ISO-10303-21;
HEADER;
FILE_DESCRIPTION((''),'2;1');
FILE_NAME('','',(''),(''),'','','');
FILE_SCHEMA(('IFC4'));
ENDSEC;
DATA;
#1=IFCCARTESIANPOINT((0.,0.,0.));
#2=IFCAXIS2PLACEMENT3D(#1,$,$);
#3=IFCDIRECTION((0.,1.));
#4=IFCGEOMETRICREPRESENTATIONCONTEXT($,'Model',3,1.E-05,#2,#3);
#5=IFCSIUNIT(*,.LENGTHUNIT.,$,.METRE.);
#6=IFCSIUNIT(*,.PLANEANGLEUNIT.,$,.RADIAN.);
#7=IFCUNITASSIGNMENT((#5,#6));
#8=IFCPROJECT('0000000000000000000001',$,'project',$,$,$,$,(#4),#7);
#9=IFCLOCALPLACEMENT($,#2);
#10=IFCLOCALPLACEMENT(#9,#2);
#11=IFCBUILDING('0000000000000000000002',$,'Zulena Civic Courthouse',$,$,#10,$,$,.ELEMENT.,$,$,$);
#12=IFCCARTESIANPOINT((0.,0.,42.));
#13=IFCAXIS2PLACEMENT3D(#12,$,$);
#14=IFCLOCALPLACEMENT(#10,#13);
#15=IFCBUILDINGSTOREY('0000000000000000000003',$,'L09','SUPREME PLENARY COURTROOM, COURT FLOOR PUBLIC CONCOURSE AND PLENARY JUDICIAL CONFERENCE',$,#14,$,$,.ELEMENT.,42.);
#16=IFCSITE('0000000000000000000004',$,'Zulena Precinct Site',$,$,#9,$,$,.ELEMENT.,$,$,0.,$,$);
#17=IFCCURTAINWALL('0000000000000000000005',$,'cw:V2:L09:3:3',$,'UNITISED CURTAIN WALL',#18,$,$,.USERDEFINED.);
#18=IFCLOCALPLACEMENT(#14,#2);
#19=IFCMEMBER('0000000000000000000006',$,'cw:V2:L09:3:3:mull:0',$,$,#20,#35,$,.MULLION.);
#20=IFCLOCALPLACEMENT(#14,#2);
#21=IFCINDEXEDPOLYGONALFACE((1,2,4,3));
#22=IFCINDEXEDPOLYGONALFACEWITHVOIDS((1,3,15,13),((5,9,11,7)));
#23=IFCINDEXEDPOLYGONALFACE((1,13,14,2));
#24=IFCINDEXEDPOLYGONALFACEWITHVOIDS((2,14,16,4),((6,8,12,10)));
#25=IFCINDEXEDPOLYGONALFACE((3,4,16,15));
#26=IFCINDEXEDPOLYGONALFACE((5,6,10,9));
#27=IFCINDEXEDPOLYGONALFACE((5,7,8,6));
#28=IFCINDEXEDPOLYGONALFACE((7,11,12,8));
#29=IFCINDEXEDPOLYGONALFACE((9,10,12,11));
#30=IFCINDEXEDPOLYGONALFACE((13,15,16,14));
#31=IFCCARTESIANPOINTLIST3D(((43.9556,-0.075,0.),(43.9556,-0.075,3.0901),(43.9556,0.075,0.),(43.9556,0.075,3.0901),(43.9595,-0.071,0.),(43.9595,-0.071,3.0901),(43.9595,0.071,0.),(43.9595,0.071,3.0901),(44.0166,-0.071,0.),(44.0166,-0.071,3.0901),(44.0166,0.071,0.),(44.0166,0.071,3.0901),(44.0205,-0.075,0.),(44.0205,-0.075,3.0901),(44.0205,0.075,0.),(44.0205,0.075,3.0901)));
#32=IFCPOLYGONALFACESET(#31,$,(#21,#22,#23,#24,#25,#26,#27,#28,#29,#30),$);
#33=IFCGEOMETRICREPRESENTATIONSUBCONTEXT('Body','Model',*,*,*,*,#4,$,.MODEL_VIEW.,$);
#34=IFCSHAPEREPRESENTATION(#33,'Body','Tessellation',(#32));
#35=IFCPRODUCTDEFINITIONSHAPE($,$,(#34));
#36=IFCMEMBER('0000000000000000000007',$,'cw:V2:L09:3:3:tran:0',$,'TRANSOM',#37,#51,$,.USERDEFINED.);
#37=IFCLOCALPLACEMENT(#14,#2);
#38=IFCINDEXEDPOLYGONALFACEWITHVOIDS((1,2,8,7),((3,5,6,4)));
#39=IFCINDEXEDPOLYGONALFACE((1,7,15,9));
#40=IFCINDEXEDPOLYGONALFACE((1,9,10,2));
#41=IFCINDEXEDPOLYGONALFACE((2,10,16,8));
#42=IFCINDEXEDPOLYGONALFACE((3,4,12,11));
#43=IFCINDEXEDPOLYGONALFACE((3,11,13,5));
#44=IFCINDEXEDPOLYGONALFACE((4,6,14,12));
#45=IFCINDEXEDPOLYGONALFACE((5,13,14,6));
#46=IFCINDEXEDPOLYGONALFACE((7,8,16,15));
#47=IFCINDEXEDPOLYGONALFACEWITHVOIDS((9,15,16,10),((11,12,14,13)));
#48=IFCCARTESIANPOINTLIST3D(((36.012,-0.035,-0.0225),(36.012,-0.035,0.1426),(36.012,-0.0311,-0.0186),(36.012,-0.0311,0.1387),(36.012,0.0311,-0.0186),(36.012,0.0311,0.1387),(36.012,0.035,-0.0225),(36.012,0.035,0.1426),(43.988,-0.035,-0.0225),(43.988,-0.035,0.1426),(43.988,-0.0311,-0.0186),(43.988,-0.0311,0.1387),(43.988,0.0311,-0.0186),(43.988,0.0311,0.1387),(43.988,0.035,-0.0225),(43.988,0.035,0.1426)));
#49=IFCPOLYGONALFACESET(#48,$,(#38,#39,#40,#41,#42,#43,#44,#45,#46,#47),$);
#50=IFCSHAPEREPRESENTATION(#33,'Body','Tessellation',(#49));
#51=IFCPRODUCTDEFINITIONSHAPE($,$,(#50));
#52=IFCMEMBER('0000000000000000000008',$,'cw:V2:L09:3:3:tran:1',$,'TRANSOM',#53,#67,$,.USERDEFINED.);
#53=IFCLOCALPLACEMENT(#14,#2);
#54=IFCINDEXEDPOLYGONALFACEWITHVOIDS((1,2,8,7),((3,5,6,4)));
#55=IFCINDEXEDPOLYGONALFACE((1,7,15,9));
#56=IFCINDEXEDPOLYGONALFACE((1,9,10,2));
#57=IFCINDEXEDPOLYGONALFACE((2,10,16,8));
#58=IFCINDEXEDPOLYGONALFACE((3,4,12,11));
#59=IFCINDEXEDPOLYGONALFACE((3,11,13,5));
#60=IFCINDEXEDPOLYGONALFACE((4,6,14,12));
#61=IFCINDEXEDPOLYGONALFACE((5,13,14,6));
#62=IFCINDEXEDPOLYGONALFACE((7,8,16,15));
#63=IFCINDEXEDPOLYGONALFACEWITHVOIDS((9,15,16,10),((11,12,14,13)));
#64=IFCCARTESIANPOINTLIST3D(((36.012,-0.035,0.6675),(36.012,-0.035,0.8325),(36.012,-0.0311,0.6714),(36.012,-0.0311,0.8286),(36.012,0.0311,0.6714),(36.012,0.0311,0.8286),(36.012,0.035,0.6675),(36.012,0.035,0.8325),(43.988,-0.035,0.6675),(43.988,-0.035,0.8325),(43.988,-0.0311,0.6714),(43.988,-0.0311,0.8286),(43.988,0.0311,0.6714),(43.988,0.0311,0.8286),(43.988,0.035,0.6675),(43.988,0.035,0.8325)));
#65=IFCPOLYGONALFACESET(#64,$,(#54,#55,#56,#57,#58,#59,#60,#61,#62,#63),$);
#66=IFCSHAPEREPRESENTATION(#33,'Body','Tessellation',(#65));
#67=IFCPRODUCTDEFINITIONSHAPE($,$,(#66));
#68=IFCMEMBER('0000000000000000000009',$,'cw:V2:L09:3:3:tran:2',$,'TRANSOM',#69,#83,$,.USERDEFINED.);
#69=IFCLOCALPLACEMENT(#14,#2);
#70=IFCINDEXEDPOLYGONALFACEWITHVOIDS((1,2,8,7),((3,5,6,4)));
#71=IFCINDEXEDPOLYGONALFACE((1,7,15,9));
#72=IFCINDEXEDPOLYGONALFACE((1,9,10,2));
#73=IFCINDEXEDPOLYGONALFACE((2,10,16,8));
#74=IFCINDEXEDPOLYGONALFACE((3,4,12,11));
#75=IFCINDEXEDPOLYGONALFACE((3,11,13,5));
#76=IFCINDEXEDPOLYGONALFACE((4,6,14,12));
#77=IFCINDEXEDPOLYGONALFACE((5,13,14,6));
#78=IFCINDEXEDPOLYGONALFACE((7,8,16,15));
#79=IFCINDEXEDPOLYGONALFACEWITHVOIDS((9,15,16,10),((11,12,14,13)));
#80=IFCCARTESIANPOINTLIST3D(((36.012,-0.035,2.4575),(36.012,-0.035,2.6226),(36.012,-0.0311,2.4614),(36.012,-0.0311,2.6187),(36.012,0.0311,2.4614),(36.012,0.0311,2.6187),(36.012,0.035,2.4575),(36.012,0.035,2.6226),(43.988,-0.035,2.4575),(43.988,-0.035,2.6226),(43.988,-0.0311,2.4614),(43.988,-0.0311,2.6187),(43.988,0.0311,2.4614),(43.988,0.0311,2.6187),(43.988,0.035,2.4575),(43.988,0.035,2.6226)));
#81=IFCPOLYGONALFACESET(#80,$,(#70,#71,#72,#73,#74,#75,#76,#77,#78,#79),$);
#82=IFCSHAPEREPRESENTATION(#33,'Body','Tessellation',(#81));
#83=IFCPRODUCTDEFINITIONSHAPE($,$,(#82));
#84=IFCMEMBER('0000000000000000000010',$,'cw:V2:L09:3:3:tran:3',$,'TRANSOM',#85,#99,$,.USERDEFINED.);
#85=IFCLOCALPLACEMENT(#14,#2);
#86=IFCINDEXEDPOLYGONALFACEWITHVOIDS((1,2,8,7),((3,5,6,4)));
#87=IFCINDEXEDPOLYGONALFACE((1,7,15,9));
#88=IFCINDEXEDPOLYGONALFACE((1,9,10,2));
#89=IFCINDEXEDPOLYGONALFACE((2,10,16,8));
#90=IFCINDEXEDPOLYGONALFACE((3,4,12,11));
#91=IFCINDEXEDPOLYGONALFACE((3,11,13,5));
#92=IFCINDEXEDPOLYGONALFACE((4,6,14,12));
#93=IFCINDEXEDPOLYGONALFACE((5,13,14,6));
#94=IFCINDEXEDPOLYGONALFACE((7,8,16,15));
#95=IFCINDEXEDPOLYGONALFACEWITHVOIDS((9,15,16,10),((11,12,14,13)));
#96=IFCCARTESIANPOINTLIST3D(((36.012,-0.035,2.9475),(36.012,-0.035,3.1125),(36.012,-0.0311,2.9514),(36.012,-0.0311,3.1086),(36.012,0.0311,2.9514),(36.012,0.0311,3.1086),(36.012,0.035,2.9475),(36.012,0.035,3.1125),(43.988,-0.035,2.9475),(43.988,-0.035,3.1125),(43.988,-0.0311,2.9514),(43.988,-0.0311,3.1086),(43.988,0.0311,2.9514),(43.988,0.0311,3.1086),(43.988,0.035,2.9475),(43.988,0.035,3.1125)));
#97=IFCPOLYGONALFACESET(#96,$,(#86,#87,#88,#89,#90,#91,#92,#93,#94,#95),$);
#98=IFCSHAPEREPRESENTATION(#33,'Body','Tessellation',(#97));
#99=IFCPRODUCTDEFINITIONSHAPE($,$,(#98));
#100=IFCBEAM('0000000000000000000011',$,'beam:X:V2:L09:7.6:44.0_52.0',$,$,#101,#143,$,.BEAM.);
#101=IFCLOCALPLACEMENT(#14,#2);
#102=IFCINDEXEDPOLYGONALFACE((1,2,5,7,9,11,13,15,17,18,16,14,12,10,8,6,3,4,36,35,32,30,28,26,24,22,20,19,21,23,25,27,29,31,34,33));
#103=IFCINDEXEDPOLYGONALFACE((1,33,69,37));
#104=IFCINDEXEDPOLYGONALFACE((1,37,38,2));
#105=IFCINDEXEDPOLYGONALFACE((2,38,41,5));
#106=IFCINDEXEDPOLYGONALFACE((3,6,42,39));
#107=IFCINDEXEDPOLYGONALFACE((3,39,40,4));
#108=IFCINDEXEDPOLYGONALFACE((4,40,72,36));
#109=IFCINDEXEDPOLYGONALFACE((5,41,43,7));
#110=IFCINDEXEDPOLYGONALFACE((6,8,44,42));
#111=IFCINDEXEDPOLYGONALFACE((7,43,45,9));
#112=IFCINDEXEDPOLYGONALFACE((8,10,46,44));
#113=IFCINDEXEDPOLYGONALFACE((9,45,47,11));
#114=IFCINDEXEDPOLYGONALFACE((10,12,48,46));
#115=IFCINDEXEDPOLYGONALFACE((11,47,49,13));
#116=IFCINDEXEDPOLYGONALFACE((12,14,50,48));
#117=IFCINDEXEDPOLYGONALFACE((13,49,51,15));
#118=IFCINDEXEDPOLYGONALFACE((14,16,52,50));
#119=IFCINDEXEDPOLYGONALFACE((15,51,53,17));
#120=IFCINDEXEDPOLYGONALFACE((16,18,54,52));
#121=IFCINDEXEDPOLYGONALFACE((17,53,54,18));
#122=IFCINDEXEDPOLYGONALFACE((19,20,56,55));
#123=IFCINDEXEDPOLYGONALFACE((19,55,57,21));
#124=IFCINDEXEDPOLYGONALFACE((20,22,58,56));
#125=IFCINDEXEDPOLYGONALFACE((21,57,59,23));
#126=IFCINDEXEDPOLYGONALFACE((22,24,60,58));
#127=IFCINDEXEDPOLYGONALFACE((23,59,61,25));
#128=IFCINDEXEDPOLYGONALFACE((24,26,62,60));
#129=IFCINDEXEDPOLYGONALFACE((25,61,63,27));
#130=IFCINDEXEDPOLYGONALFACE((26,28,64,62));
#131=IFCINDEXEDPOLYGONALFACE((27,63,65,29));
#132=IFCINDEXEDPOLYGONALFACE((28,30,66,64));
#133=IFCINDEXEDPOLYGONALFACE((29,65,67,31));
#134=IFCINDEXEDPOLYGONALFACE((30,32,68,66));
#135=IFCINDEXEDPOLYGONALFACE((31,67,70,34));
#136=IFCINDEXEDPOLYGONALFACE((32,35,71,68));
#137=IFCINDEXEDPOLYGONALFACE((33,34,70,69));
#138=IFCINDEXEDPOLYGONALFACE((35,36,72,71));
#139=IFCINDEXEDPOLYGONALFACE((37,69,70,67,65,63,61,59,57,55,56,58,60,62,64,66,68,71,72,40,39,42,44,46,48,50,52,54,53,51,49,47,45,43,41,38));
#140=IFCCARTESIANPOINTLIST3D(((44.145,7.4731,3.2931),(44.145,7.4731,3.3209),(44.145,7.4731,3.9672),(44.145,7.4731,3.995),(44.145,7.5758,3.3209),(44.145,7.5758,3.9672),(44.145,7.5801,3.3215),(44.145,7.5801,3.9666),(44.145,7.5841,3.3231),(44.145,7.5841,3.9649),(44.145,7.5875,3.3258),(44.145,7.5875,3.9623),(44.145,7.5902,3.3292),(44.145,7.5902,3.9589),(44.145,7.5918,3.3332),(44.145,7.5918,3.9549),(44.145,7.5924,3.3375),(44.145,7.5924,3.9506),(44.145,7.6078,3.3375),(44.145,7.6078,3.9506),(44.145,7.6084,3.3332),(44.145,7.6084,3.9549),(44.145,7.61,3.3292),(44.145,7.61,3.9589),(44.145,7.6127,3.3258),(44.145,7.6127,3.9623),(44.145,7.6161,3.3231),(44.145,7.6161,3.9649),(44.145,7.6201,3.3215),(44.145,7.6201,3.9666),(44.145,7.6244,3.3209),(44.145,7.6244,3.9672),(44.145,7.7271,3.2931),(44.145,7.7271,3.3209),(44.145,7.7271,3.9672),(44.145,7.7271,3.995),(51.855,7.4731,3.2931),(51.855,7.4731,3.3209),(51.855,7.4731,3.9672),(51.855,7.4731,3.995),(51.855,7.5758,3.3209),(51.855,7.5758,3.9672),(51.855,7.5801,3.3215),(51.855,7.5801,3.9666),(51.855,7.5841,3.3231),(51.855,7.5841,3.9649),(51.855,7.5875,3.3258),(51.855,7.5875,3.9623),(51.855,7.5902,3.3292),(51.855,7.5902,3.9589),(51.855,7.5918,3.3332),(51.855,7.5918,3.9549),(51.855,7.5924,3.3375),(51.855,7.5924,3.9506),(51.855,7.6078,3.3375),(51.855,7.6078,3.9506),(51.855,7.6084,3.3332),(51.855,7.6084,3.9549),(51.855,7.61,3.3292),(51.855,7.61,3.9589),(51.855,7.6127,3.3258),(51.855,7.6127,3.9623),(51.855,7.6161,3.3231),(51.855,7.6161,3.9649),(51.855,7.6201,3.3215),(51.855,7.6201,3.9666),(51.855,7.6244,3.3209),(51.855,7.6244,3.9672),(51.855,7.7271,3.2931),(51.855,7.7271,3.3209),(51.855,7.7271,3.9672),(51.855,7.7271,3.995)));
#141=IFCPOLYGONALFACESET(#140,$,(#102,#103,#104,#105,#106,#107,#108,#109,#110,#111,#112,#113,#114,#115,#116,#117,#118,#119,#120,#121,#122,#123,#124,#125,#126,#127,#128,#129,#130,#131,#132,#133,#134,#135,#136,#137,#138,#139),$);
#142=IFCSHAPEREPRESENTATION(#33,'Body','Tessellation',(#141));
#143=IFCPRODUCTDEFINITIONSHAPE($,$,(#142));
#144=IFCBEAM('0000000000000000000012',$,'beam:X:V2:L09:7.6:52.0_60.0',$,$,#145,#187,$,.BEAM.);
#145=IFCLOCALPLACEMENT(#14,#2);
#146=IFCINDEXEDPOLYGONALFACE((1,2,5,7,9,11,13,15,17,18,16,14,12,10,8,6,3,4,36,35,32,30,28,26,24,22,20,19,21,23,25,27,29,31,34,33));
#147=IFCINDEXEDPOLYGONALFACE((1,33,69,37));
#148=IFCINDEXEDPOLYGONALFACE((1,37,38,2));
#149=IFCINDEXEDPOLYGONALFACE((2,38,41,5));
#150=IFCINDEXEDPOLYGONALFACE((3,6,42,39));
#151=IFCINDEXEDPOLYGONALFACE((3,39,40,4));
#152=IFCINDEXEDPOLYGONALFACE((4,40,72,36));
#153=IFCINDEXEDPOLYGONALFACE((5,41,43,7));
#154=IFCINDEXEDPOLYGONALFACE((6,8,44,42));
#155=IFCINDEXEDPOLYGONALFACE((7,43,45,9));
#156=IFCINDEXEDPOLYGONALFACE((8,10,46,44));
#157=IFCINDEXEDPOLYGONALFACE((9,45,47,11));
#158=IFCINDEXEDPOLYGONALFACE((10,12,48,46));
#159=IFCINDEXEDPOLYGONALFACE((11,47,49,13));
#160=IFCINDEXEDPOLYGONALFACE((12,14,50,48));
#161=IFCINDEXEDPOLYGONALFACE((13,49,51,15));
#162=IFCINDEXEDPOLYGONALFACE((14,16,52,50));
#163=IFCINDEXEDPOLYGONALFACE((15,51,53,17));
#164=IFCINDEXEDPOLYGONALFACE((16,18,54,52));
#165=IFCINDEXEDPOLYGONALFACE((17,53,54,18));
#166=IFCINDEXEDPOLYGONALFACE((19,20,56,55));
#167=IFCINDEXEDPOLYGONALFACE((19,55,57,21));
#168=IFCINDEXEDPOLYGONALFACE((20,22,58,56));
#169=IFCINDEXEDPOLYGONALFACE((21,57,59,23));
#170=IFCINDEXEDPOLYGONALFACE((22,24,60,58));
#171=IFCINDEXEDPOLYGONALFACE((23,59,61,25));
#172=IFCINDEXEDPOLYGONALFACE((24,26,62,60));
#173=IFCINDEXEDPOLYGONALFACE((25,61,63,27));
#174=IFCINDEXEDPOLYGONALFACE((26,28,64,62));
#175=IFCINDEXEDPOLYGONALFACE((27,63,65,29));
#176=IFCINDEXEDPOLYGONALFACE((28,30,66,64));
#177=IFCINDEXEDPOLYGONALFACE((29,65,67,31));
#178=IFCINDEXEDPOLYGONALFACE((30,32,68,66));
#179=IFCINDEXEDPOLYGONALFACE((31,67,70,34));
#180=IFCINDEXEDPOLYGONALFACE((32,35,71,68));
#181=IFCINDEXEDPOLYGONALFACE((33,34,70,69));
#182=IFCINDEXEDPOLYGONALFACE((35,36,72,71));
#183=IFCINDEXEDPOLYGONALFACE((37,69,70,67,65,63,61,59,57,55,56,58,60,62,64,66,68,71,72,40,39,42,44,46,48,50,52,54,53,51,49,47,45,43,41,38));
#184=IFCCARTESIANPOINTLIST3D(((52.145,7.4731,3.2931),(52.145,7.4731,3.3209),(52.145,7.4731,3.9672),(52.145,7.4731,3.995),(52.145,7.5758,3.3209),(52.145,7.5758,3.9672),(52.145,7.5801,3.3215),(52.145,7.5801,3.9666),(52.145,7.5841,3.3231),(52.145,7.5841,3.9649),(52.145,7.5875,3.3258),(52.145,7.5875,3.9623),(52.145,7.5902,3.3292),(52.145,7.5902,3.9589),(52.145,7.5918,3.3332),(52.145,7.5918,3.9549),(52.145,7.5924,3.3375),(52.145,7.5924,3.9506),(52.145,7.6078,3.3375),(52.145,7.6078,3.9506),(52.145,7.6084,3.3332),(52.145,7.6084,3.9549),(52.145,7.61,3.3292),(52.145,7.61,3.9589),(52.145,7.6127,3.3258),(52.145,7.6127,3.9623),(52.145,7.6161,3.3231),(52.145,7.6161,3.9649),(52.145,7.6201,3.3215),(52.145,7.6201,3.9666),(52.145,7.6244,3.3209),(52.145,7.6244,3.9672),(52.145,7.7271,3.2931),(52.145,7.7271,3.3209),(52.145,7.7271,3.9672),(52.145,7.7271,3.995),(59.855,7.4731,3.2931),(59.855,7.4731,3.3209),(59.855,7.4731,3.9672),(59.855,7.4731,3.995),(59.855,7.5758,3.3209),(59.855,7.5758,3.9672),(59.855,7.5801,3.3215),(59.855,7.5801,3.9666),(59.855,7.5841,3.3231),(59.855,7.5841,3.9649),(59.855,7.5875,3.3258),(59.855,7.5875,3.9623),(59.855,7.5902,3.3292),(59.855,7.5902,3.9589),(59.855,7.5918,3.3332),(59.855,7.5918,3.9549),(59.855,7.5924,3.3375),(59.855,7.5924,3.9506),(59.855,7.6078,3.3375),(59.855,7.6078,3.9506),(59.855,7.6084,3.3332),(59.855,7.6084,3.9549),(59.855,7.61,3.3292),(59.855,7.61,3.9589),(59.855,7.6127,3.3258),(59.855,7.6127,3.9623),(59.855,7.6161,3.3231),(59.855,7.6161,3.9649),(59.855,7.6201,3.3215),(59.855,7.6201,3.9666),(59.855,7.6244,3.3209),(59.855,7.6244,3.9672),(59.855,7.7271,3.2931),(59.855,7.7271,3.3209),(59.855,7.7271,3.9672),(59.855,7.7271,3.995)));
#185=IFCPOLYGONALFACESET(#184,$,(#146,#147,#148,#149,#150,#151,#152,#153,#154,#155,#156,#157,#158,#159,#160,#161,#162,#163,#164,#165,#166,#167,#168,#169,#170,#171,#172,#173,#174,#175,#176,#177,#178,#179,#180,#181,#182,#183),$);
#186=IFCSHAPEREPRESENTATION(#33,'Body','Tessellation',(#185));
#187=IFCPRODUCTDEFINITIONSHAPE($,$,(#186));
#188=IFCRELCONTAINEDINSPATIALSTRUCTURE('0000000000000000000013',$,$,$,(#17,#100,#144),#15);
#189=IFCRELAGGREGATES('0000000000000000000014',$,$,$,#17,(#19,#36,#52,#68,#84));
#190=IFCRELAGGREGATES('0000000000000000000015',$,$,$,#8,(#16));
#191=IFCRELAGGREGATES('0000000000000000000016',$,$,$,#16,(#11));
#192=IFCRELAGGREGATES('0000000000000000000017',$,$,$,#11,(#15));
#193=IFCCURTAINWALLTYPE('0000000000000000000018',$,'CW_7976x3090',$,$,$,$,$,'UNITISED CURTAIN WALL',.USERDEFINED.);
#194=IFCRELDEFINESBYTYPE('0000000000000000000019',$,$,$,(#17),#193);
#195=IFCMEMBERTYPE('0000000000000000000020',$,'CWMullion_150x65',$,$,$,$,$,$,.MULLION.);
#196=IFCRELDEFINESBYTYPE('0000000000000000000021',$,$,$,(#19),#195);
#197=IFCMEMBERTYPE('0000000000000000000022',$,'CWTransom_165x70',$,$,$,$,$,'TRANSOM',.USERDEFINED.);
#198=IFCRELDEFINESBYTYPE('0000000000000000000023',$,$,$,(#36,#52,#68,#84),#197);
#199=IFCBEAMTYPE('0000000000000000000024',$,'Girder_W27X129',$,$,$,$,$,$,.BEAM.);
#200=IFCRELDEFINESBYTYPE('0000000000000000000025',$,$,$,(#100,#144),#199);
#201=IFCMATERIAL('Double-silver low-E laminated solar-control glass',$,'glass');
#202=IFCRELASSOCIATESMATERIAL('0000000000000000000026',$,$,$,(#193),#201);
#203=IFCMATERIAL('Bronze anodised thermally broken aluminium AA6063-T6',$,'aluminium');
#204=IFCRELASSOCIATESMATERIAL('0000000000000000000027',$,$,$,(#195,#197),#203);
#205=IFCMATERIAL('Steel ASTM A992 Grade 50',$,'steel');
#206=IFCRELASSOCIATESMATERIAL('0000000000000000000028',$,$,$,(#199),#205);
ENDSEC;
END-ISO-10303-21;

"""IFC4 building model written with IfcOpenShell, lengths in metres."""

from ifc_helpers import new_model, si_unit, direction, frame, origin, origin_2d, place, context, subcontext, project, spatial, hollow_rectangle, i_section, extrude, material, material_profile, profile_set, type_object, element, aggregate, save


model = new_model("IFC4")

# Units and contexts
model_context = context("Model", 3, precision=1e-05, world=origin(), true_north=direction((0.0, 1.0)))
body_context = subcontext(model_context, "Body", "Model", "MODEL_VIEW")
ifc_project = project(units=[si_unit("LENGTHUNIT", "METRE"), si_unit("PLANEANGLEUNIT", "RADIAN")], contexts=[model_context])

# Site, building, storey
site_placement = place(None, origin())
site = spatial("IfcSite", under=ifc_project, at=site_placement, Name="Zulena Precinct Site", CompositionType="ELEMENT", RefElevation=0.0)
building_placement = place(site_placement, origin())
building = spatial("IfcBuilding", under=site, at=building_placement, Name="Zulena Civic Courthouse", CompositionType="ELEMENT")
storey_placement = place(building_placement, frame((0.0, 0.0, 42.0)))
storey = spatial("IfcBuildingStorey", under=building, at=storey_placement, Name="L09", Description="SUPREME PLENARY COURTROOM, COURT FLOOR PUBLIC CONCOURSE AND PLENARY JUDICIAL CONFERENCE", CompositionType="ELEMENT", Elevation=42.0)

# Shared definitions
ifc_material_1 = material(Name="Steel ASTM A992 Grade 50", Category="steel")

# Curtain wall, members
ifc_material_2 = material(Name="Double-silver low-E laminated solar-control glass", Category="glass")
curtain_wall_type = type_object("IfcCurtainWallType", Name="CW_7976x3090", ElementType="UNITISED CURTAIN WALL", PredefinedType="USERDEFINED", material=ifc_material_2)
curtain_wall_placement = place(storey_placement, origin())
curtain_wall = element("IfcCurtainWall", 1, at=curtain_wall_placement, inside=storey, type_object=curtain_wall_type, Name="cw:V2:L09:3:3", ObjectType="UNITISED CURTAIN WALL", PredefinedType="USERDEFINED")
ifc_material_3 = material(Name="Bronze anodised thermally broken aluminium AA6063-T6", Category="aluminium")
ifc_material_profile_1 = material_profile(ifc_material_3, hollow_rectangle(XDim=0.0649, YDim=0.1499, WallThickness=0.0039, at=origin_2d()), Name="CWM150X65X4")
ifc_profile_set_1 = profile_set([ifc_material_profile_1], Name="Bronze anodised thermally broken aluminium AA6063-T6")
member_type_1 = type_object("IfcMemberType", Name="CWMullion_150x65", PredefinedType="MULLION", material=ifc_profile_set_1)
member_1_placement = place(storey_placement, frame((43.988, 0.0, 0.0), z_axis=(0.0, 0.0, 1.0), x_axis=(1.0, 0.0, 0.0)))
member_1 = element("IfcMember", 2, at=member_1_placement, type_object=member_type_1, Name="cw:V2:L09:3:3:mull:0", PredefinedType="MULLION", context=body_context, shape_type="SweptSolid", body=[
    extrude(hollow_rectangle(XDim=0.0649, YDim=0.1499, WallThickness=0.0039, at=origin_2d()), origin(), (0.0, 0.0, 1.0), 3.0901),
])
ifc_material_profile_2 = material_profile(ifc_material_3, hollow_rectangle(XDim=0.0701, YDim=0.165, WallThickness=0.0039, at=origin_2d()), Name="CWT165X70X4")
ifc_profile_set_2 = profile_set([ifc_material_profile_2], Name="Bronze anodised thermally broken aluminium AA6063-T6")
member_type_2 = type_object("IfcMemberType", Name="CWTransom_165x70", ElementType="TRANSOM", PredefinedType="USERDEFINED", material=ifc_profile_set_2)
member_2_placement = place(storey_placement, frame((43.988, 0.0, 0.0601), z_axis=(-1.0, 0.0, 0.0), x_axis=(0.0, -1.0, 0.0)))
member_2 = element("IfcMember", 3, at=member_2_placement, type_object=member_type_2, Name="cw:V2:L09:3:3:tran:0", ObjectType="TRANSOM", PredefinedType="USERDEFINED", context=body_context, shape_type="SweptSolid", body=[
    extrude(hollow_rectangle(XDim=0.0701, YDim=0.165, WallThickness=0.0039, at=origin_2d()), origin(), (0.0, 0.0, 1.0), 7.9761),
])
member_3_placement = place(storey_placement, frame((43.988, 0.0, 0.75), z_axis=(-1.0, 0.0, 0.0), x_axis=(0.0, -1.0, 0.0)))
member_3 = element("IfcMember", 4, at=member_3_placement, type_object=member_type_2, Name="cw:V2:L09:3:3:tran:1", ObjectType="TRANSOM", PredefinedType="USERDEFINED", context=body_context, shape_type="SweptSolid", body=[
    extrude(hollow_rectangle(XDim=0.0701, YDim=0.165, WallThickness=0.0039, at=origin_2d()), origin(), (0.0, 0.0, 1.0), 7.9761),
])
member_4_placement = place(storey_placement, frame((43.988, 0.0, 2.54), z_axis=(-1.0, 0.0, 0.0), x_axis=(0.0, -1.0, 0.0)))
member_4 = element("IfcMember", 5, at=member_4_placement, type_object=member_type_2, Name="cw:V2:L09:3:3:tran:2", ObjectType="TRANSOM", PredefinedType="USERDEFINED", context=body_context, shape_type="SweptSolid", body=[
    extrude(hollow_rectangle(XDim=0.0701, YDim=0.165, WallThickness=0.0039, at=origin_2d()), origin(), (0.0, 0.0, 1.0), 7.9761),
])
member_5_placement = place(storey_placement, frame((43.988, 0.0, 3.03), z_axis=(-1.0, 0.0, 0.0), x_axis=(0.0, -1.0, 0.0)))
member_5 = element("IfcMember", 6, at=member_5_placement, type_object=member_type_2, Name="cw:V2:L09:3:3:tran:3", ObjectType="TRANSOM", PredefinedType="USERDEFINED", context=body_context, shape_type="SweptSolid", body=[
    extrude(hollow_rectangle(XDim=0.0701, YDim=0.165, WallThickness=0.0039, at=origin_2d()), origin(), (0.0, 0.0, 1.0), 7.9761),
])

# Beams
ifc_material_profile_3 = material_profile(ifc_material_1, i_section(OverallWidth=0.2539, OverallDepth=0.7019, WebThickness=0.0154, FlangeThickness=0.0278, FilletRadius=0.0166, at=origin_2d()), Name="W27X129")
ifc_profile_set_3 = profile_set([ifc_material_profile_3], Name="Steel ASTM A992 Grade 50")
beam_type_1 = type_object("IfcBeamType", Name="Girder_W27X129", PredefinedType="BEAM", material=ifc_profile_set_3)
for number, where, z_axis, x_axis, name in (
    (7, (44.145, 7.6001, 3.644), (1.0, 0.0, 0.0), (0.0, 1.0, 0.0), "beam:X:V2:L09:7.6:44.0_52.0"),
    (8, (52.145, 7.6001, 3.644), (1.0, 0.0, 0.0), (0.0, 1.0, 0.0), "beam:X:V2:L09:7.6:52.0_60.0"),
):
    element("IfcBeam", number, at=place(storey_placement, frame(where, z_axis=z_axis, x_axis=x_axis)), inside=storey, type_object=beam_type_1, Name=name, PredefinedType="BEAM", context=body_context, shape_type="SweptSolid", body=[
        extrude(i_section(OverallWidth=0.2539, OverallDepth=0.7019, WebThickness=0.0154, FlangeThickness=0.0278, FilletRadius=0.0166, at=origin_2d()), origin(), (0.0, 0.0, 1.0), 7.71),
    ])

aggregate(curtain_wall, [member_1, member_2, member_3, member_4, member_5])

save(model, "model.ifc")
